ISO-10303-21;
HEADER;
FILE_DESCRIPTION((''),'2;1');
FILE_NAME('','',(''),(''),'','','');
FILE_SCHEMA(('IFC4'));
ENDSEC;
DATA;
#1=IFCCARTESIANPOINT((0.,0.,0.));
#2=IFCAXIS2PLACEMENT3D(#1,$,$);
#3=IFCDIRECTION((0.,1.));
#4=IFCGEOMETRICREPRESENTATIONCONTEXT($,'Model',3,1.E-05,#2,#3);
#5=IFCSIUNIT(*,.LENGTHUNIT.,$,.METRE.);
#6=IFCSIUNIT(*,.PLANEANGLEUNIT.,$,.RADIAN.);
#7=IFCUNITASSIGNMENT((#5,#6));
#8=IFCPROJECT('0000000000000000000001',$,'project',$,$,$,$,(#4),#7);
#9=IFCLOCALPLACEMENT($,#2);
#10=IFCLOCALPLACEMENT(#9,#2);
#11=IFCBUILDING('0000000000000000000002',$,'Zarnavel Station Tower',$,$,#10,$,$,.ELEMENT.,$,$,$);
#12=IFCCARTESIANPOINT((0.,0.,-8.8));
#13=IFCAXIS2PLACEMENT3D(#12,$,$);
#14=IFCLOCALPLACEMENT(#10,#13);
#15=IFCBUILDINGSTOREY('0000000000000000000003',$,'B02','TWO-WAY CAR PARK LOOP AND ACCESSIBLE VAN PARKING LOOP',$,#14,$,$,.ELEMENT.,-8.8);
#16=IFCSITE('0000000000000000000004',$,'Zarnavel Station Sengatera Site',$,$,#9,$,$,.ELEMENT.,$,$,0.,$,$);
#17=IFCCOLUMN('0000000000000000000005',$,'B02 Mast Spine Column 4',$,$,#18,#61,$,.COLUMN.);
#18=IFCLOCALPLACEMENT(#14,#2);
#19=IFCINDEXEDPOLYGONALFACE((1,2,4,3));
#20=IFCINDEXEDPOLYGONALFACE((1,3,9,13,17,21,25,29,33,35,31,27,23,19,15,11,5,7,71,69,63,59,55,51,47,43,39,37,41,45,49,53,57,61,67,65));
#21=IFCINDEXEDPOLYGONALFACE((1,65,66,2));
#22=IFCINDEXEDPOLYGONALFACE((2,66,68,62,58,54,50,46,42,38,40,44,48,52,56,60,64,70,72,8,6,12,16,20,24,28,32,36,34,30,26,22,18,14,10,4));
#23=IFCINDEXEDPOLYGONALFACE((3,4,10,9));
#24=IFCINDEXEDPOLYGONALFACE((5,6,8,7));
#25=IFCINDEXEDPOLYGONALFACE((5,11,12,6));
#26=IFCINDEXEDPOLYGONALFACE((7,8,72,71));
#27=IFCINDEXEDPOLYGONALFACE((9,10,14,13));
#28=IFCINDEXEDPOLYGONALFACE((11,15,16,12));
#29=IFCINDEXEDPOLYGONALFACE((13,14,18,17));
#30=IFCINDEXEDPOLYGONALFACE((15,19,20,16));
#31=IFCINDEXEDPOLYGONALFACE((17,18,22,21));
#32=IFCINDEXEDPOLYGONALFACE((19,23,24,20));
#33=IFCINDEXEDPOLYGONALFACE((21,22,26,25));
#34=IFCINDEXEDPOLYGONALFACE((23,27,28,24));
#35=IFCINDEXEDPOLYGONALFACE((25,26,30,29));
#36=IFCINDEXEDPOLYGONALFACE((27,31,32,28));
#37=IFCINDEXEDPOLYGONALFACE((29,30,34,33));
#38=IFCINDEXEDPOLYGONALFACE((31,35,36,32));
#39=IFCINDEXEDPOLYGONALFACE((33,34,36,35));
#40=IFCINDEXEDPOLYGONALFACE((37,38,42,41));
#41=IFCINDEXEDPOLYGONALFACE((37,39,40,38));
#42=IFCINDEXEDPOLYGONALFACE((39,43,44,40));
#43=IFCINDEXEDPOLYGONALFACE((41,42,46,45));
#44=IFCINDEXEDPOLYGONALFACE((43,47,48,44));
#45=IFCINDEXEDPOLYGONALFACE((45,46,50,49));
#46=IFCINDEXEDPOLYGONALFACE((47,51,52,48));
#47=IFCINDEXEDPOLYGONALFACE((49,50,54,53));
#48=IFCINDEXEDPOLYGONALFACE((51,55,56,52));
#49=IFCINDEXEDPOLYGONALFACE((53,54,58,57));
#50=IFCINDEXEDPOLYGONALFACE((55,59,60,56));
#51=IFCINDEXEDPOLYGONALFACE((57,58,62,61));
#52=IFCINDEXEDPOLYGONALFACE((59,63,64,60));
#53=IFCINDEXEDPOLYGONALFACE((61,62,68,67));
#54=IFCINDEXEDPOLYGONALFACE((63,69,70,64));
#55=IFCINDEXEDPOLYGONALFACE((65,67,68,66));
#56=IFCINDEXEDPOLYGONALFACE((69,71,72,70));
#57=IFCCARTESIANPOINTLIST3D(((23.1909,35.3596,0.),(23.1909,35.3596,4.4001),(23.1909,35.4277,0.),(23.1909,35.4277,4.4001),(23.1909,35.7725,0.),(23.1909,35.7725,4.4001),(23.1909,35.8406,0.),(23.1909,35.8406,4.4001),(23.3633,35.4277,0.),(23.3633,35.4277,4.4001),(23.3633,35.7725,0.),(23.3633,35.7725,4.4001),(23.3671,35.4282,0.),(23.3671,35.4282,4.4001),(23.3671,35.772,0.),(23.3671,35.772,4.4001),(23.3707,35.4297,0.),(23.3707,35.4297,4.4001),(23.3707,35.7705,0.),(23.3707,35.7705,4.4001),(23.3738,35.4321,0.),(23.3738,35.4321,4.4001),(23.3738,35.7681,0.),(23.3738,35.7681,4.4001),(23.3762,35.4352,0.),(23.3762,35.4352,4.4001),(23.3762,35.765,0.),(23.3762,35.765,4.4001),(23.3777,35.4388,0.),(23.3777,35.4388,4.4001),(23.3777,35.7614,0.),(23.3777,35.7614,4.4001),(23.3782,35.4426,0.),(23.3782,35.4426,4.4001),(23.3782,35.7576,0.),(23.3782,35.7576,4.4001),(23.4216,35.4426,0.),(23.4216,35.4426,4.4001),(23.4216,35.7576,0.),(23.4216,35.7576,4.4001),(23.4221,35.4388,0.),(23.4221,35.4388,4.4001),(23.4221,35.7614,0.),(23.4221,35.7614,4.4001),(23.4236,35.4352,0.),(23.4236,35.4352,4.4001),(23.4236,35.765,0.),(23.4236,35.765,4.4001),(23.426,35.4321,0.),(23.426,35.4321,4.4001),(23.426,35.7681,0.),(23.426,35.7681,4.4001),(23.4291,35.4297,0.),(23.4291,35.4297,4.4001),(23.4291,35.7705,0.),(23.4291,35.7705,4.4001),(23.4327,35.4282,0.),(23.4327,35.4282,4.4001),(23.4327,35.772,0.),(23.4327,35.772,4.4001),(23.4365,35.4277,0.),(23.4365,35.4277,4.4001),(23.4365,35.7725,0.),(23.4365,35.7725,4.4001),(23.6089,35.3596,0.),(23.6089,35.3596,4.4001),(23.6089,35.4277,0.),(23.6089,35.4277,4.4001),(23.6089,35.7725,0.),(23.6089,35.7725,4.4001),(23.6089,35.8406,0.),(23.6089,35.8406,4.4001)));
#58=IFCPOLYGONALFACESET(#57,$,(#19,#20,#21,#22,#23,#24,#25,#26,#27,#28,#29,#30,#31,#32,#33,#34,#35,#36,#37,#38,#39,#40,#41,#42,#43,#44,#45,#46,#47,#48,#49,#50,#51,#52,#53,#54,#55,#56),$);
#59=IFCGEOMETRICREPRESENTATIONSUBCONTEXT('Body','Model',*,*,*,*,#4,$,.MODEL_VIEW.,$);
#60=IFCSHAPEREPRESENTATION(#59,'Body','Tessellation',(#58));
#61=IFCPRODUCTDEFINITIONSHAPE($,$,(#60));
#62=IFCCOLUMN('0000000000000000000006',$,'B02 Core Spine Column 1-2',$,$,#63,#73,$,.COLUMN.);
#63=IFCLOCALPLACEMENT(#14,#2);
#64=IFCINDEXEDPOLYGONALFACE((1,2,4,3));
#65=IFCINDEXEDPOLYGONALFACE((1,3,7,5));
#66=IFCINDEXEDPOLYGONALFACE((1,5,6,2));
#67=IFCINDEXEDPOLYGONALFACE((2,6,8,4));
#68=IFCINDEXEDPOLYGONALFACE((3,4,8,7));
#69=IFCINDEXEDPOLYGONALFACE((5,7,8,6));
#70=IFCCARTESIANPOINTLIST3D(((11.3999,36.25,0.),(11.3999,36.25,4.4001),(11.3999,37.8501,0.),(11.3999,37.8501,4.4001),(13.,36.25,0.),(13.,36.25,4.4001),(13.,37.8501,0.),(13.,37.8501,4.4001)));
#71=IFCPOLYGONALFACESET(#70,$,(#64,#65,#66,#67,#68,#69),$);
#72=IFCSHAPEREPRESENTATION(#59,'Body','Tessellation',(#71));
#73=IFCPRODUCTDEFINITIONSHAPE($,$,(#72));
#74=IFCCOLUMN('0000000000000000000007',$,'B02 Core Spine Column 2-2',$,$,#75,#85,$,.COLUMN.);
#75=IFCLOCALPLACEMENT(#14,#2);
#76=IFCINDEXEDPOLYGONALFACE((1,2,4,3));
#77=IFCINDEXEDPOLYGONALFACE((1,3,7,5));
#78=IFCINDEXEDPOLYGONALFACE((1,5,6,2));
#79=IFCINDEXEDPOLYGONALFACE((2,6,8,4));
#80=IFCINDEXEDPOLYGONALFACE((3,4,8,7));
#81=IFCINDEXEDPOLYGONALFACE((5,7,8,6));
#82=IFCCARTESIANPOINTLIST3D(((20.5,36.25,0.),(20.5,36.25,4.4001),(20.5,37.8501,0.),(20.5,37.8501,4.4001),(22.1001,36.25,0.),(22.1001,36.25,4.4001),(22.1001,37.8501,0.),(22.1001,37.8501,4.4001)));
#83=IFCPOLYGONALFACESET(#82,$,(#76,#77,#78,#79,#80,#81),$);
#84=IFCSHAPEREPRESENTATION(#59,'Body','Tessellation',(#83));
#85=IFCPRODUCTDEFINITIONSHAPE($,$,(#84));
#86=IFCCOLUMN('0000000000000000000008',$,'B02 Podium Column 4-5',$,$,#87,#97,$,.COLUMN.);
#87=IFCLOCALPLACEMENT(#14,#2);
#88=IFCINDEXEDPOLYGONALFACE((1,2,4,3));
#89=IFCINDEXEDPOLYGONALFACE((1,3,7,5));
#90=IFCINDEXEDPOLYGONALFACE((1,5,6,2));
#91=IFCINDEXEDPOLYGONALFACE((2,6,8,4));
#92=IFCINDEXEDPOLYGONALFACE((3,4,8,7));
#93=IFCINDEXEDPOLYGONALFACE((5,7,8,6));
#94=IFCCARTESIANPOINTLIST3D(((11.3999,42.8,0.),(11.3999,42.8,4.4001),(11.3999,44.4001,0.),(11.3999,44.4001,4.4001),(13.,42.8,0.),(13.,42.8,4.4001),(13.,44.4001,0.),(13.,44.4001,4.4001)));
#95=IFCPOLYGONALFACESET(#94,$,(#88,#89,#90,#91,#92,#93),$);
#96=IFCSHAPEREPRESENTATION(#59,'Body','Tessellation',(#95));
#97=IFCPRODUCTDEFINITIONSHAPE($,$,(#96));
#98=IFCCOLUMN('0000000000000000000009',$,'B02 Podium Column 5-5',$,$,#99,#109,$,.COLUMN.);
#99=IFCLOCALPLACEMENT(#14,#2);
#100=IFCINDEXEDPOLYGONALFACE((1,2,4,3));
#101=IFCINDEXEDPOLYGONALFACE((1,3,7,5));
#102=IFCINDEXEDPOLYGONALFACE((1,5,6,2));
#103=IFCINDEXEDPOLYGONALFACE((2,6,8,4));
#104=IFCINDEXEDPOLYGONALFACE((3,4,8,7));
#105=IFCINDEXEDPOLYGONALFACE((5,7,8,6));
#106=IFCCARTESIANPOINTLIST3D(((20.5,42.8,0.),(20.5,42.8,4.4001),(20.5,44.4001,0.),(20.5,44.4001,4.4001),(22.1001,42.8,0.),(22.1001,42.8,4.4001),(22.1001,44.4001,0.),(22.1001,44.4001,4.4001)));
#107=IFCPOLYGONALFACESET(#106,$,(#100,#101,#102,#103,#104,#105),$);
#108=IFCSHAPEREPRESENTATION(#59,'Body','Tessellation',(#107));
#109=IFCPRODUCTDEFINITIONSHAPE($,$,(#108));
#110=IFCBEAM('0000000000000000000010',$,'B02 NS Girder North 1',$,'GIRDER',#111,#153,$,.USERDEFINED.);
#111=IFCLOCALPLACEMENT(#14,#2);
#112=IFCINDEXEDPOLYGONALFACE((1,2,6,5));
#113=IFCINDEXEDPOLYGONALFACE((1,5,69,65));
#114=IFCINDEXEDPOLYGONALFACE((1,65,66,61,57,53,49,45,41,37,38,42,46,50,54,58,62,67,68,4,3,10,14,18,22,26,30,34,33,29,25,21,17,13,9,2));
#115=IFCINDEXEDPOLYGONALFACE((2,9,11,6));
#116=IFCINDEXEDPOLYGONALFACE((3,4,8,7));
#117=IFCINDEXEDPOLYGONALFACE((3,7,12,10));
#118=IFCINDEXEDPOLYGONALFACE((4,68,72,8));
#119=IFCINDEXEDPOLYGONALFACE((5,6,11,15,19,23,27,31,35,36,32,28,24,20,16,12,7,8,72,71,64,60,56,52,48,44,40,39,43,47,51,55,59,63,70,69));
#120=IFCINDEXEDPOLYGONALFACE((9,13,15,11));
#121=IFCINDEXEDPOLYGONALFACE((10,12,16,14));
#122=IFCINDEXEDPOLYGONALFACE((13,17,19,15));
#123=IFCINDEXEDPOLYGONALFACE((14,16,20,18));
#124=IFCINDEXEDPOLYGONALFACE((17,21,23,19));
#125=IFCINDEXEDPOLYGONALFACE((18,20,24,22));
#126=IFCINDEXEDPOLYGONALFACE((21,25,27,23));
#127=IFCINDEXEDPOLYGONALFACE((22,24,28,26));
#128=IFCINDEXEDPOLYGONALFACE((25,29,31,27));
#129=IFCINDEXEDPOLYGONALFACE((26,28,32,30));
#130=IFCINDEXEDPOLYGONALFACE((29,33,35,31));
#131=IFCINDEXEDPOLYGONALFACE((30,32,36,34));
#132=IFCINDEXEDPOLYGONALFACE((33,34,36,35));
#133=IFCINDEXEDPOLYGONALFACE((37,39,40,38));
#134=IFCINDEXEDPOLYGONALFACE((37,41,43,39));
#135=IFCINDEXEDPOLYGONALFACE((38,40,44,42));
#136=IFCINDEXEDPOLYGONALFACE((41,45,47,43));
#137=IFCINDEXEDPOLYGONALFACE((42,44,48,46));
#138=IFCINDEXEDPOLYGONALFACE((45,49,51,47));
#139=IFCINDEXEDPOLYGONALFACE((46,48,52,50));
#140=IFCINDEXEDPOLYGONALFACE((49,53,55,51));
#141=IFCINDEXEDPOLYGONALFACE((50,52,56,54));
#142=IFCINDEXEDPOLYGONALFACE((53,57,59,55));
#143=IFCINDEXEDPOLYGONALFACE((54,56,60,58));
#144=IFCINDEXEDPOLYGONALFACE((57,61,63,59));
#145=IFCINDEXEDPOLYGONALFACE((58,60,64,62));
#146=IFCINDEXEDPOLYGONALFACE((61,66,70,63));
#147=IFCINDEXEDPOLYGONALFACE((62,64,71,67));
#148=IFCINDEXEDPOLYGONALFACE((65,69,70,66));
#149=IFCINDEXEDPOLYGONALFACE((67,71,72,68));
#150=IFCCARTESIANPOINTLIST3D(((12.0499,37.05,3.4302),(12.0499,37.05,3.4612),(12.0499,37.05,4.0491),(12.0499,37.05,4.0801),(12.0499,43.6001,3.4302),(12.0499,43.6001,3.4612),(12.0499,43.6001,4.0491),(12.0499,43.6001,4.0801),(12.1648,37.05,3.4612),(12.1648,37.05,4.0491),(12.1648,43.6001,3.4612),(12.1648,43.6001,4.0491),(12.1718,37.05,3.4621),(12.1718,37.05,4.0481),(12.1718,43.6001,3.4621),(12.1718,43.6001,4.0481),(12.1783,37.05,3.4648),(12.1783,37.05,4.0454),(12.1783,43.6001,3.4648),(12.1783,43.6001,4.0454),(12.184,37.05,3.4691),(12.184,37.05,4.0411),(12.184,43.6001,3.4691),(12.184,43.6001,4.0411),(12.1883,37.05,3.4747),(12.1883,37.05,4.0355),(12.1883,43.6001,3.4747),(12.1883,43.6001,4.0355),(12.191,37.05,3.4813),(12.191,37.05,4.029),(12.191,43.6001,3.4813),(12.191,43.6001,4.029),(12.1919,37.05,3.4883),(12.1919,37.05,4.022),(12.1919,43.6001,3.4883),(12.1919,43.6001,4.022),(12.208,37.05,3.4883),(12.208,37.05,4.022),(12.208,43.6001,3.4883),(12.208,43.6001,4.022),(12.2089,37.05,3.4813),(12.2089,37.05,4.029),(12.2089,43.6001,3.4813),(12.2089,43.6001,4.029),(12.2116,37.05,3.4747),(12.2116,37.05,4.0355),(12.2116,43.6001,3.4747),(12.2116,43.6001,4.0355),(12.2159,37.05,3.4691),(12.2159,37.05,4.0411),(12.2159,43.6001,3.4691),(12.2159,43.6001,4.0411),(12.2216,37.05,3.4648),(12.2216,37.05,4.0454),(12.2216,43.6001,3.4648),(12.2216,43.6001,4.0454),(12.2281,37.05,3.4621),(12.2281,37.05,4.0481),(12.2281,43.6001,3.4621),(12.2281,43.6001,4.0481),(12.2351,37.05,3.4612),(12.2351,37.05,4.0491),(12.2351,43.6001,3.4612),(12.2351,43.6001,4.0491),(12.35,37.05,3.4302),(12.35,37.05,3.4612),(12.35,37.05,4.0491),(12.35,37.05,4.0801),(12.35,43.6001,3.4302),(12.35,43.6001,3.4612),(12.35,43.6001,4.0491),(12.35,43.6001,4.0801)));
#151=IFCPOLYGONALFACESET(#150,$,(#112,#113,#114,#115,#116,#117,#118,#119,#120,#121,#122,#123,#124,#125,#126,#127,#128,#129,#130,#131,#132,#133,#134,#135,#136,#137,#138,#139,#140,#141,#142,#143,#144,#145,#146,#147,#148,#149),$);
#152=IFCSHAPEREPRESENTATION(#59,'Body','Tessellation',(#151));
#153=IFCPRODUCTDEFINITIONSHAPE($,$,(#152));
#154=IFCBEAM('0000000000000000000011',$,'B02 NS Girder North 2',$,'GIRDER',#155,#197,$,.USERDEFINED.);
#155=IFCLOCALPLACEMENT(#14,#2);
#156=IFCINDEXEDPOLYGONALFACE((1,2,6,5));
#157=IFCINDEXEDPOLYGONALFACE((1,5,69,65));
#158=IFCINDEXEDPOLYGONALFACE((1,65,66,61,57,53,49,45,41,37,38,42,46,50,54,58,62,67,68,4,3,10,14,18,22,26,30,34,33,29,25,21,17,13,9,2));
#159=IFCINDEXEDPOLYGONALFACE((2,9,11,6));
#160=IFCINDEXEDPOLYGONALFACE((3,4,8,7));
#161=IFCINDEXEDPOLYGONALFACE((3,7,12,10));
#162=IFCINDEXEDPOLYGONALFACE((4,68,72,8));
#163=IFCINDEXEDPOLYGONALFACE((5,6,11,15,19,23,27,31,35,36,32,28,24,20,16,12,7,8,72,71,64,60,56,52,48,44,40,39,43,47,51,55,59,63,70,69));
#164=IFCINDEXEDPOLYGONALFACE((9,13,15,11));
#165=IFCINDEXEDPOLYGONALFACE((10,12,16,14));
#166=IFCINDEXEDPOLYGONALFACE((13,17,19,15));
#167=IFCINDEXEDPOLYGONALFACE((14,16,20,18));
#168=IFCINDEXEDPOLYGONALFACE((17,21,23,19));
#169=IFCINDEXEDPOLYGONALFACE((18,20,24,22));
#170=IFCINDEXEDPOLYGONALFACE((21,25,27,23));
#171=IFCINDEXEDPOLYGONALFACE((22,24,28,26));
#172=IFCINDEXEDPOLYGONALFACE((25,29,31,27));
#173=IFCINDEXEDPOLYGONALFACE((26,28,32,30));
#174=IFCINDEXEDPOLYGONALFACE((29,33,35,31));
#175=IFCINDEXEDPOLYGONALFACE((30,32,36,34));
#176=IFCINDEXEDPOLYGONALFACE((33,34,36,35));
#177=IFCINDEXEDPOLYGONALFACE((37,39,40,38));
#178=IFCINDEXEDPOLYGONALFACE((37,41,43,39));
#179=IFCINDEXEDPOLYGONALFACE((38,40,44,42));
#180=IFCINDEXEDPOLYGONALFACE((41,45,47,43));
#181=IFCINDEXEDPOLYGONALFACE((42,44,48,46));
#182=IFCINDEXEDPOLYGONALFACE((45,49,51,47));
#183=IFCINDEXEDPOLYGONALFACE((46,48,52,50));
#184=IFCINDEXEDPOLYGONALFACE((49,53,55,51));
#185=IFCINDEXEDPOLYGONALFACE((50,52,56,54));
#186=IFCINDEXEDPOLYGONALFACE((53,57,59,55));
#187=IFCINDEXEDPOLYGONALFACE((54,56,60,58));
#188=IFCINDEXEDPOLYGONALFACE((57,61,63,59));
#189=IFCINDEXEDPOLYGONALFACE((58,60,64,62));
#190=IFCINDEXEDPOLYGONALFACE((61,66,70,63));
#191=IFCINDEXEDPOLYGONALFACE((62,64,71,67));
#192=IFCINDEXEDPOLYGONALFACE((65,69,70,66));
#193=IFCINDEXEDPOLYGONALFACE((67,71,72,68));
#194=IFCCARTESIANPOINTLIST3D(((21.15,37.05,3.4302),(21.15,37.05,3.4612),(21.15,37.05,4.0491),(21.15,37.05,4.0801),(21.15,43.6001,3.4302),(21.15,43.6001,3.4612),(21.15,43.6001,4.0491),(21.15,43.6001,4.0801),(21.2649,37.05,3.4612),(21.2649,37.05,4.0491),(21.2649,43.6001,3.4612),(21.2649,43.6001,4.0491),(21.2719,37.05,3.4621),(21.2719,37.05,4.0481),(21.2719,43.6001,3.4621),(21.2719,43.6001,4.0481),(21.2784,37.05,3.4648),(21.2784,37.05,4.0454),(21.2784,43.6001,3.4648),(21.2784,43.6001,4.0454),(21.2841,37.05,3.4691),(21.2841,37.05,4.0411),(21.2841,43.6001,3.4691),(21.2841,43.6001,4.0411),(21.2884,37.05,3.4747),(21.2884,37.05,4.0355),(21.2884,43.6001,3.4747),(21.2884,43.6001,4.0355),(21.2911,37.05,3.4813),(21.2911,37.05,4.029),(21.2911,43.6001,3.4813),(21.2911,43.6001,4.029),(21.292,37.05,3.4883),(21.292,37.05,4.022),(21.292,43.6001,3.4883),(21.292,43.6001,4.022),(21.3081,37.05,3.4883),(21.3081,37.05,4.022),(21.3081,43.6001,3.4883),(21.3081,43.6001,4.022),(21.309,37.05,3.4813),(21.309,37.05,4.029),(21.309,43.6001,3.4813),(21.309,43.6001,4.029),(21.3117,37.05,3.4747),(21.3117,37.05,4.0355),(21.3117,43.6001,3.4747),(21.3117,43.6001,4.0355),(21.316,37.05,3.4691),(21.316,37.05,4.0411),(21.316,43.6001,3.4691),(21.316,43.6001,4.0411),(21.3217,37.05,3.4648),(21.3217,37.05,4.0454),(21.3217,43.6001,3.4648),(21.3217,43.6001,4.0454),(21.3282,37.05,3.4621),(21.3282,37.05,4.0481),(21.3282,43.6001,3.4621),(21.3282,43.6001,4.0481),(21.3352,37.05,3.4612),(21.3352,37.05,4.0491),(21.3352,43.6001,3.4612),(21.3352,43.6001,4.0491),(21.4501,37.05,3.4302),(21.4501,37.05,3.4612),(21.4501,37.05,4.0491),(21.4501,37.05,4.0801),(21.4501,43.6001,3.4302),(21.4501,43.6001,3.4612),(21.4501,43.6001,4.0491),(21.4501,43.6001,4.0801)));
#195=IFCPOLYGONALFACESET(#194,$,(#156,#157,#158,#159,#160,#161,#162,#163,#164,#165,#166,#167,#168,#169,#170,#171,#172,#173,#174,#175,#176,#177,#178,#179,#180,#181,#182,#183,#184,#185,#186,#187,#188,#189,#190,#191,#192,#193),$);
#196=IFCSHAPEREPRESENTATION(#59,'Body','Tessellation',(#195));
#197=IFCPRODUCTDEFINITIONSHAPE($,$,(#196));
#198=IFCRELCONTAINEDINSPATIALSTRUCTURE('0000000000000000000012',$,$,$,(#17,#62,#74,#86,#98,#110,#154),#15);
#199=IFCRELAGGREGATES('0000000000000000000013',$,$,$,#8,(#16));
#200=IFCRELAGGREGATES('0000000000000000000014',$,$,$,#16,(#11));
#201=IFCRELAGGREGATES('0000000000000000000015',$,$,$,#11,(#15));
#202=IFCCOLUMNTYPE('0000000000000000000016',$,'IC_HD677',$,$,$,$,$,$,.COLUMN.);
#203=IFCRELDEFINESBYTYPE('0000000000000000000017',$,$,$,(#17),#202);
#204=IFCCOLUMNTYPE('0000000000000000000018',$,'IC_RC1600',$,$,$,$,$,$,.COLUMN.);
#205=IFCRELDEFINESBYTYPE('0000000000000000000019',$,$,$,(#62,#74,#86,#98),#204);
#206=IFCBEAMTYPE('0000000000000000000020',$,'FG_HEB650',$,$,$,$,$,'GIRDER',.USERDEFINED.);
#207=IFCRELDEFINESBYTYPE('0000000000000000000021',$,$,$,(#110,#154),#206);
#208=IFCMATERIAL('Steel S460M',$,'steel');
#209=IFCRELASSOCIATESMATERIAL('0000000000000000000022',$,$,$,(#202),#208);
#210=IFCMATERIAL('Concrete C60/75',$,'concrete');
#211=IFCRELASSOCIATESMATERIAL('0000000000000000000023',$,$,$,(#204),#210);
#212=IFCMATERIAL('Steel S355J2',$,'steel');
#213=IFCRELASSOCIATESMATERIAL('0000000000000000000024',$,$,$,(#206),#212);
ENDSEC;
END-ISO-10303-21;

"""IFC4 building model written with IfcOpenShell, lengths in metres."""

from ifc_helpers import new_model, si_unit, direction, frame, origin, origin_2d, place, context, subcontext, project, spatial, rectangle, i_section, extrude, material, material_profile, profile_set, type_object, element, save


model = new_model("IFC4")

# Units and contexts
model_context = context("Model", 3, precision=1e-05, world=origin(), true_north=direction((0.0, 1.0)))
body_context = subcontext(model_context, "Body", "Model", "MODEL_VIEW")
ifc_project = project(units=[si_unit("LENGTHUNIT", "METRE"), si_unit("PLANEANGLEUNIT", "RADIAN")], contexts=[model_context])

# Site, building, storey
site_placement = place(None, origin())
site = spatial("IfcSite", under=ifc_project, at=site_placement, Name="Zarnavel Station Sengatera Site", CompositionType="ELEMENT", RefElevation=0.0)
building_placement = place(site_placement, origin())
building = spatial("IfcBuilding", under=site, at=building_placement, Name="Zarnavel Station Tower", CompositionType="ELEMENT")
storey_placement = place(building_placement, frame((0.0, 0.0, -8.8)))
storey = spatial("IfcBuildingStorey", under=building, at=storey_placement, Name="B02", Description="TWO-WAY CAR PARK LOOP AND ACCESSIBLE VAN PARKING LOOP", CompositionType="ELEMENT", Elevation=-8.8)

# Columns
ifc_material_1 = material(Name="Steel S460M", Category="steel")
ifc_material_profile_1 = material_profile(ifc_material_1, i_section(OverallWidth=0.418, OverallDepth=0.481, WebThickness=0.0435, FlangeThickness=0.0681, FilletRadius=0.0149, at=origin_2d()), Name="HD400x677")
ifc_profile_set_1 = profile_set([ifc_material_profile_1], Name="Steel S460M")
column_type_1 = type_object("IfcColumnType", Name="IC_HD677", PredefinedType="COLUMN", material=ifc_profile_set_1)
column_placement = place(storey_placement, frame((23.3999, 35.6001, 0.0), z_axis=(0.0, 0.0, 1.0), x_axis=(1.0, 0.0, 0.0)))
element("IfcColumn", 1, at=column_placement, inside=storey, type_object=column_type_1, Name="B02 Mast Spine Column 4", PredefinedType="COLUMN", context=body_context, shape_type="SweptSolid", body=[
    extrude(i_section(OverallWidth=0.418, OverallDepth=0.481, WebThickness=0.0435, FlangeThickness=0.0681, FilletRadius=0.0149, at=origin_2d()), origin(), (0.0, 0.0, 1.0), 4.4001),
])
ifc_material_2 = material(Name="Concrete C60/75", Category="concrete")
ifc_material_profile_2 = material_profile(ifc_material_2, rectangle(XDim=1.6001, YDim=1.6001, at=origin_2d()), Name="RC1600x1600")
ifc_profile_set_2 = profile_set([ifc_material_profile_2], Name="Concrete C60/75")
column_type_2 = type_object("IfcColumnType", Name="IC_RC1600", PredefinedType="COLUMN", material=ifc_profile_set_2)
for number, where, z_axis, x_axis, name in (
    (2, (12.2, 37.05, 0.0), (0.0, 0.0, 1.0), (1.0, 0.0, 0.0), "B02 Core Spine Column 1-2"),
    (3, (21.3, 37.05, 0.0), (0.0, 0.0, 1.0), (1.0, 0.0, 0.0), "B02 Core Spine Column 2-2"),
    (4, (12.2, 43.6001, 0.0), (0.0, 0.0, 1.0), (1.0, 0.0, 0.0), "B02 Podium Column 4-5"),
    (5, (21.3, 43.6001, 0.0), (0.0, 0.0, 1.0), (1.0, 0.0, 0.0), "B02 Podium Column 5-5"),
):
    element("IfcColumn", number, at=place(storey_placement, frame(where, z_axis=z_axis, x_axis=x_axis)), inside=storey, type_object=column_type_2, Name=name, PredefinedType="COLUMN", context=body_context, shape_type="SweptSolid", body=[
        extrude(rectangle(XDim=1.6001, YDim=1.6001, at=origin_2d()), origin(), (0.0, 0.0, 1.0), 4.4001),
    ])

# Beams
ifc_material_3 = material(Name="Steel S355J2", Category="steel")
ifc_material_profile_3 = material_profile(ifc_material_3, i_section(OverallWidth=0.3, OverallDepth=0.6499, WebThickness=0.0161, FlangeThickness=0.031, FilletRadius=0.0271, at=origin_2d()), Name="HEB650")
ifc_profile_set_3 = profile_set([ifc_material_profile_3], Name="Steel S355J2")
beam_type_1 = type_object("IfcBeamType", Name="FG_HEB650", ElementType="GIRDER", PredefinedType="USERDEFINED", material=ifc_profile_set_3)
for number, where, z_axis, x_axis, name in (
    (6, (12.2, 37.05, 3.7551), (0.0, 1.0, 0.0), (-1.0, 0.0, 0.0), "B02 NS Girder North 1"),
    (7, (21.3, 37.05, 3.7551), (0.0, 1.0, 0.0), (-1.0, 0.0, 0.0), "B02 NS Girder North 2"),
):
    element("IfcBeam", number, at=place(storey_placement, frame(where, z_axis=z_axis, x_axis=x_axis)), inside=storey, type_object=beam_type_1, Name=name, ObjectType="GIRDER", PredefinedType="USERDEFINED", context=body_context, shape_type="SweptSolid", body=[
        extrude(i_section(OverallWidth=0.3, OverallDepth=0.6499, WebThickness=0.0161, FlangeThickness=0.031, FilletRadius=0.0271, at=origin_2d()), origin(), (0.0, 0.0, 1.0), 6.55),
    ])

save(model, "model.ifc")
